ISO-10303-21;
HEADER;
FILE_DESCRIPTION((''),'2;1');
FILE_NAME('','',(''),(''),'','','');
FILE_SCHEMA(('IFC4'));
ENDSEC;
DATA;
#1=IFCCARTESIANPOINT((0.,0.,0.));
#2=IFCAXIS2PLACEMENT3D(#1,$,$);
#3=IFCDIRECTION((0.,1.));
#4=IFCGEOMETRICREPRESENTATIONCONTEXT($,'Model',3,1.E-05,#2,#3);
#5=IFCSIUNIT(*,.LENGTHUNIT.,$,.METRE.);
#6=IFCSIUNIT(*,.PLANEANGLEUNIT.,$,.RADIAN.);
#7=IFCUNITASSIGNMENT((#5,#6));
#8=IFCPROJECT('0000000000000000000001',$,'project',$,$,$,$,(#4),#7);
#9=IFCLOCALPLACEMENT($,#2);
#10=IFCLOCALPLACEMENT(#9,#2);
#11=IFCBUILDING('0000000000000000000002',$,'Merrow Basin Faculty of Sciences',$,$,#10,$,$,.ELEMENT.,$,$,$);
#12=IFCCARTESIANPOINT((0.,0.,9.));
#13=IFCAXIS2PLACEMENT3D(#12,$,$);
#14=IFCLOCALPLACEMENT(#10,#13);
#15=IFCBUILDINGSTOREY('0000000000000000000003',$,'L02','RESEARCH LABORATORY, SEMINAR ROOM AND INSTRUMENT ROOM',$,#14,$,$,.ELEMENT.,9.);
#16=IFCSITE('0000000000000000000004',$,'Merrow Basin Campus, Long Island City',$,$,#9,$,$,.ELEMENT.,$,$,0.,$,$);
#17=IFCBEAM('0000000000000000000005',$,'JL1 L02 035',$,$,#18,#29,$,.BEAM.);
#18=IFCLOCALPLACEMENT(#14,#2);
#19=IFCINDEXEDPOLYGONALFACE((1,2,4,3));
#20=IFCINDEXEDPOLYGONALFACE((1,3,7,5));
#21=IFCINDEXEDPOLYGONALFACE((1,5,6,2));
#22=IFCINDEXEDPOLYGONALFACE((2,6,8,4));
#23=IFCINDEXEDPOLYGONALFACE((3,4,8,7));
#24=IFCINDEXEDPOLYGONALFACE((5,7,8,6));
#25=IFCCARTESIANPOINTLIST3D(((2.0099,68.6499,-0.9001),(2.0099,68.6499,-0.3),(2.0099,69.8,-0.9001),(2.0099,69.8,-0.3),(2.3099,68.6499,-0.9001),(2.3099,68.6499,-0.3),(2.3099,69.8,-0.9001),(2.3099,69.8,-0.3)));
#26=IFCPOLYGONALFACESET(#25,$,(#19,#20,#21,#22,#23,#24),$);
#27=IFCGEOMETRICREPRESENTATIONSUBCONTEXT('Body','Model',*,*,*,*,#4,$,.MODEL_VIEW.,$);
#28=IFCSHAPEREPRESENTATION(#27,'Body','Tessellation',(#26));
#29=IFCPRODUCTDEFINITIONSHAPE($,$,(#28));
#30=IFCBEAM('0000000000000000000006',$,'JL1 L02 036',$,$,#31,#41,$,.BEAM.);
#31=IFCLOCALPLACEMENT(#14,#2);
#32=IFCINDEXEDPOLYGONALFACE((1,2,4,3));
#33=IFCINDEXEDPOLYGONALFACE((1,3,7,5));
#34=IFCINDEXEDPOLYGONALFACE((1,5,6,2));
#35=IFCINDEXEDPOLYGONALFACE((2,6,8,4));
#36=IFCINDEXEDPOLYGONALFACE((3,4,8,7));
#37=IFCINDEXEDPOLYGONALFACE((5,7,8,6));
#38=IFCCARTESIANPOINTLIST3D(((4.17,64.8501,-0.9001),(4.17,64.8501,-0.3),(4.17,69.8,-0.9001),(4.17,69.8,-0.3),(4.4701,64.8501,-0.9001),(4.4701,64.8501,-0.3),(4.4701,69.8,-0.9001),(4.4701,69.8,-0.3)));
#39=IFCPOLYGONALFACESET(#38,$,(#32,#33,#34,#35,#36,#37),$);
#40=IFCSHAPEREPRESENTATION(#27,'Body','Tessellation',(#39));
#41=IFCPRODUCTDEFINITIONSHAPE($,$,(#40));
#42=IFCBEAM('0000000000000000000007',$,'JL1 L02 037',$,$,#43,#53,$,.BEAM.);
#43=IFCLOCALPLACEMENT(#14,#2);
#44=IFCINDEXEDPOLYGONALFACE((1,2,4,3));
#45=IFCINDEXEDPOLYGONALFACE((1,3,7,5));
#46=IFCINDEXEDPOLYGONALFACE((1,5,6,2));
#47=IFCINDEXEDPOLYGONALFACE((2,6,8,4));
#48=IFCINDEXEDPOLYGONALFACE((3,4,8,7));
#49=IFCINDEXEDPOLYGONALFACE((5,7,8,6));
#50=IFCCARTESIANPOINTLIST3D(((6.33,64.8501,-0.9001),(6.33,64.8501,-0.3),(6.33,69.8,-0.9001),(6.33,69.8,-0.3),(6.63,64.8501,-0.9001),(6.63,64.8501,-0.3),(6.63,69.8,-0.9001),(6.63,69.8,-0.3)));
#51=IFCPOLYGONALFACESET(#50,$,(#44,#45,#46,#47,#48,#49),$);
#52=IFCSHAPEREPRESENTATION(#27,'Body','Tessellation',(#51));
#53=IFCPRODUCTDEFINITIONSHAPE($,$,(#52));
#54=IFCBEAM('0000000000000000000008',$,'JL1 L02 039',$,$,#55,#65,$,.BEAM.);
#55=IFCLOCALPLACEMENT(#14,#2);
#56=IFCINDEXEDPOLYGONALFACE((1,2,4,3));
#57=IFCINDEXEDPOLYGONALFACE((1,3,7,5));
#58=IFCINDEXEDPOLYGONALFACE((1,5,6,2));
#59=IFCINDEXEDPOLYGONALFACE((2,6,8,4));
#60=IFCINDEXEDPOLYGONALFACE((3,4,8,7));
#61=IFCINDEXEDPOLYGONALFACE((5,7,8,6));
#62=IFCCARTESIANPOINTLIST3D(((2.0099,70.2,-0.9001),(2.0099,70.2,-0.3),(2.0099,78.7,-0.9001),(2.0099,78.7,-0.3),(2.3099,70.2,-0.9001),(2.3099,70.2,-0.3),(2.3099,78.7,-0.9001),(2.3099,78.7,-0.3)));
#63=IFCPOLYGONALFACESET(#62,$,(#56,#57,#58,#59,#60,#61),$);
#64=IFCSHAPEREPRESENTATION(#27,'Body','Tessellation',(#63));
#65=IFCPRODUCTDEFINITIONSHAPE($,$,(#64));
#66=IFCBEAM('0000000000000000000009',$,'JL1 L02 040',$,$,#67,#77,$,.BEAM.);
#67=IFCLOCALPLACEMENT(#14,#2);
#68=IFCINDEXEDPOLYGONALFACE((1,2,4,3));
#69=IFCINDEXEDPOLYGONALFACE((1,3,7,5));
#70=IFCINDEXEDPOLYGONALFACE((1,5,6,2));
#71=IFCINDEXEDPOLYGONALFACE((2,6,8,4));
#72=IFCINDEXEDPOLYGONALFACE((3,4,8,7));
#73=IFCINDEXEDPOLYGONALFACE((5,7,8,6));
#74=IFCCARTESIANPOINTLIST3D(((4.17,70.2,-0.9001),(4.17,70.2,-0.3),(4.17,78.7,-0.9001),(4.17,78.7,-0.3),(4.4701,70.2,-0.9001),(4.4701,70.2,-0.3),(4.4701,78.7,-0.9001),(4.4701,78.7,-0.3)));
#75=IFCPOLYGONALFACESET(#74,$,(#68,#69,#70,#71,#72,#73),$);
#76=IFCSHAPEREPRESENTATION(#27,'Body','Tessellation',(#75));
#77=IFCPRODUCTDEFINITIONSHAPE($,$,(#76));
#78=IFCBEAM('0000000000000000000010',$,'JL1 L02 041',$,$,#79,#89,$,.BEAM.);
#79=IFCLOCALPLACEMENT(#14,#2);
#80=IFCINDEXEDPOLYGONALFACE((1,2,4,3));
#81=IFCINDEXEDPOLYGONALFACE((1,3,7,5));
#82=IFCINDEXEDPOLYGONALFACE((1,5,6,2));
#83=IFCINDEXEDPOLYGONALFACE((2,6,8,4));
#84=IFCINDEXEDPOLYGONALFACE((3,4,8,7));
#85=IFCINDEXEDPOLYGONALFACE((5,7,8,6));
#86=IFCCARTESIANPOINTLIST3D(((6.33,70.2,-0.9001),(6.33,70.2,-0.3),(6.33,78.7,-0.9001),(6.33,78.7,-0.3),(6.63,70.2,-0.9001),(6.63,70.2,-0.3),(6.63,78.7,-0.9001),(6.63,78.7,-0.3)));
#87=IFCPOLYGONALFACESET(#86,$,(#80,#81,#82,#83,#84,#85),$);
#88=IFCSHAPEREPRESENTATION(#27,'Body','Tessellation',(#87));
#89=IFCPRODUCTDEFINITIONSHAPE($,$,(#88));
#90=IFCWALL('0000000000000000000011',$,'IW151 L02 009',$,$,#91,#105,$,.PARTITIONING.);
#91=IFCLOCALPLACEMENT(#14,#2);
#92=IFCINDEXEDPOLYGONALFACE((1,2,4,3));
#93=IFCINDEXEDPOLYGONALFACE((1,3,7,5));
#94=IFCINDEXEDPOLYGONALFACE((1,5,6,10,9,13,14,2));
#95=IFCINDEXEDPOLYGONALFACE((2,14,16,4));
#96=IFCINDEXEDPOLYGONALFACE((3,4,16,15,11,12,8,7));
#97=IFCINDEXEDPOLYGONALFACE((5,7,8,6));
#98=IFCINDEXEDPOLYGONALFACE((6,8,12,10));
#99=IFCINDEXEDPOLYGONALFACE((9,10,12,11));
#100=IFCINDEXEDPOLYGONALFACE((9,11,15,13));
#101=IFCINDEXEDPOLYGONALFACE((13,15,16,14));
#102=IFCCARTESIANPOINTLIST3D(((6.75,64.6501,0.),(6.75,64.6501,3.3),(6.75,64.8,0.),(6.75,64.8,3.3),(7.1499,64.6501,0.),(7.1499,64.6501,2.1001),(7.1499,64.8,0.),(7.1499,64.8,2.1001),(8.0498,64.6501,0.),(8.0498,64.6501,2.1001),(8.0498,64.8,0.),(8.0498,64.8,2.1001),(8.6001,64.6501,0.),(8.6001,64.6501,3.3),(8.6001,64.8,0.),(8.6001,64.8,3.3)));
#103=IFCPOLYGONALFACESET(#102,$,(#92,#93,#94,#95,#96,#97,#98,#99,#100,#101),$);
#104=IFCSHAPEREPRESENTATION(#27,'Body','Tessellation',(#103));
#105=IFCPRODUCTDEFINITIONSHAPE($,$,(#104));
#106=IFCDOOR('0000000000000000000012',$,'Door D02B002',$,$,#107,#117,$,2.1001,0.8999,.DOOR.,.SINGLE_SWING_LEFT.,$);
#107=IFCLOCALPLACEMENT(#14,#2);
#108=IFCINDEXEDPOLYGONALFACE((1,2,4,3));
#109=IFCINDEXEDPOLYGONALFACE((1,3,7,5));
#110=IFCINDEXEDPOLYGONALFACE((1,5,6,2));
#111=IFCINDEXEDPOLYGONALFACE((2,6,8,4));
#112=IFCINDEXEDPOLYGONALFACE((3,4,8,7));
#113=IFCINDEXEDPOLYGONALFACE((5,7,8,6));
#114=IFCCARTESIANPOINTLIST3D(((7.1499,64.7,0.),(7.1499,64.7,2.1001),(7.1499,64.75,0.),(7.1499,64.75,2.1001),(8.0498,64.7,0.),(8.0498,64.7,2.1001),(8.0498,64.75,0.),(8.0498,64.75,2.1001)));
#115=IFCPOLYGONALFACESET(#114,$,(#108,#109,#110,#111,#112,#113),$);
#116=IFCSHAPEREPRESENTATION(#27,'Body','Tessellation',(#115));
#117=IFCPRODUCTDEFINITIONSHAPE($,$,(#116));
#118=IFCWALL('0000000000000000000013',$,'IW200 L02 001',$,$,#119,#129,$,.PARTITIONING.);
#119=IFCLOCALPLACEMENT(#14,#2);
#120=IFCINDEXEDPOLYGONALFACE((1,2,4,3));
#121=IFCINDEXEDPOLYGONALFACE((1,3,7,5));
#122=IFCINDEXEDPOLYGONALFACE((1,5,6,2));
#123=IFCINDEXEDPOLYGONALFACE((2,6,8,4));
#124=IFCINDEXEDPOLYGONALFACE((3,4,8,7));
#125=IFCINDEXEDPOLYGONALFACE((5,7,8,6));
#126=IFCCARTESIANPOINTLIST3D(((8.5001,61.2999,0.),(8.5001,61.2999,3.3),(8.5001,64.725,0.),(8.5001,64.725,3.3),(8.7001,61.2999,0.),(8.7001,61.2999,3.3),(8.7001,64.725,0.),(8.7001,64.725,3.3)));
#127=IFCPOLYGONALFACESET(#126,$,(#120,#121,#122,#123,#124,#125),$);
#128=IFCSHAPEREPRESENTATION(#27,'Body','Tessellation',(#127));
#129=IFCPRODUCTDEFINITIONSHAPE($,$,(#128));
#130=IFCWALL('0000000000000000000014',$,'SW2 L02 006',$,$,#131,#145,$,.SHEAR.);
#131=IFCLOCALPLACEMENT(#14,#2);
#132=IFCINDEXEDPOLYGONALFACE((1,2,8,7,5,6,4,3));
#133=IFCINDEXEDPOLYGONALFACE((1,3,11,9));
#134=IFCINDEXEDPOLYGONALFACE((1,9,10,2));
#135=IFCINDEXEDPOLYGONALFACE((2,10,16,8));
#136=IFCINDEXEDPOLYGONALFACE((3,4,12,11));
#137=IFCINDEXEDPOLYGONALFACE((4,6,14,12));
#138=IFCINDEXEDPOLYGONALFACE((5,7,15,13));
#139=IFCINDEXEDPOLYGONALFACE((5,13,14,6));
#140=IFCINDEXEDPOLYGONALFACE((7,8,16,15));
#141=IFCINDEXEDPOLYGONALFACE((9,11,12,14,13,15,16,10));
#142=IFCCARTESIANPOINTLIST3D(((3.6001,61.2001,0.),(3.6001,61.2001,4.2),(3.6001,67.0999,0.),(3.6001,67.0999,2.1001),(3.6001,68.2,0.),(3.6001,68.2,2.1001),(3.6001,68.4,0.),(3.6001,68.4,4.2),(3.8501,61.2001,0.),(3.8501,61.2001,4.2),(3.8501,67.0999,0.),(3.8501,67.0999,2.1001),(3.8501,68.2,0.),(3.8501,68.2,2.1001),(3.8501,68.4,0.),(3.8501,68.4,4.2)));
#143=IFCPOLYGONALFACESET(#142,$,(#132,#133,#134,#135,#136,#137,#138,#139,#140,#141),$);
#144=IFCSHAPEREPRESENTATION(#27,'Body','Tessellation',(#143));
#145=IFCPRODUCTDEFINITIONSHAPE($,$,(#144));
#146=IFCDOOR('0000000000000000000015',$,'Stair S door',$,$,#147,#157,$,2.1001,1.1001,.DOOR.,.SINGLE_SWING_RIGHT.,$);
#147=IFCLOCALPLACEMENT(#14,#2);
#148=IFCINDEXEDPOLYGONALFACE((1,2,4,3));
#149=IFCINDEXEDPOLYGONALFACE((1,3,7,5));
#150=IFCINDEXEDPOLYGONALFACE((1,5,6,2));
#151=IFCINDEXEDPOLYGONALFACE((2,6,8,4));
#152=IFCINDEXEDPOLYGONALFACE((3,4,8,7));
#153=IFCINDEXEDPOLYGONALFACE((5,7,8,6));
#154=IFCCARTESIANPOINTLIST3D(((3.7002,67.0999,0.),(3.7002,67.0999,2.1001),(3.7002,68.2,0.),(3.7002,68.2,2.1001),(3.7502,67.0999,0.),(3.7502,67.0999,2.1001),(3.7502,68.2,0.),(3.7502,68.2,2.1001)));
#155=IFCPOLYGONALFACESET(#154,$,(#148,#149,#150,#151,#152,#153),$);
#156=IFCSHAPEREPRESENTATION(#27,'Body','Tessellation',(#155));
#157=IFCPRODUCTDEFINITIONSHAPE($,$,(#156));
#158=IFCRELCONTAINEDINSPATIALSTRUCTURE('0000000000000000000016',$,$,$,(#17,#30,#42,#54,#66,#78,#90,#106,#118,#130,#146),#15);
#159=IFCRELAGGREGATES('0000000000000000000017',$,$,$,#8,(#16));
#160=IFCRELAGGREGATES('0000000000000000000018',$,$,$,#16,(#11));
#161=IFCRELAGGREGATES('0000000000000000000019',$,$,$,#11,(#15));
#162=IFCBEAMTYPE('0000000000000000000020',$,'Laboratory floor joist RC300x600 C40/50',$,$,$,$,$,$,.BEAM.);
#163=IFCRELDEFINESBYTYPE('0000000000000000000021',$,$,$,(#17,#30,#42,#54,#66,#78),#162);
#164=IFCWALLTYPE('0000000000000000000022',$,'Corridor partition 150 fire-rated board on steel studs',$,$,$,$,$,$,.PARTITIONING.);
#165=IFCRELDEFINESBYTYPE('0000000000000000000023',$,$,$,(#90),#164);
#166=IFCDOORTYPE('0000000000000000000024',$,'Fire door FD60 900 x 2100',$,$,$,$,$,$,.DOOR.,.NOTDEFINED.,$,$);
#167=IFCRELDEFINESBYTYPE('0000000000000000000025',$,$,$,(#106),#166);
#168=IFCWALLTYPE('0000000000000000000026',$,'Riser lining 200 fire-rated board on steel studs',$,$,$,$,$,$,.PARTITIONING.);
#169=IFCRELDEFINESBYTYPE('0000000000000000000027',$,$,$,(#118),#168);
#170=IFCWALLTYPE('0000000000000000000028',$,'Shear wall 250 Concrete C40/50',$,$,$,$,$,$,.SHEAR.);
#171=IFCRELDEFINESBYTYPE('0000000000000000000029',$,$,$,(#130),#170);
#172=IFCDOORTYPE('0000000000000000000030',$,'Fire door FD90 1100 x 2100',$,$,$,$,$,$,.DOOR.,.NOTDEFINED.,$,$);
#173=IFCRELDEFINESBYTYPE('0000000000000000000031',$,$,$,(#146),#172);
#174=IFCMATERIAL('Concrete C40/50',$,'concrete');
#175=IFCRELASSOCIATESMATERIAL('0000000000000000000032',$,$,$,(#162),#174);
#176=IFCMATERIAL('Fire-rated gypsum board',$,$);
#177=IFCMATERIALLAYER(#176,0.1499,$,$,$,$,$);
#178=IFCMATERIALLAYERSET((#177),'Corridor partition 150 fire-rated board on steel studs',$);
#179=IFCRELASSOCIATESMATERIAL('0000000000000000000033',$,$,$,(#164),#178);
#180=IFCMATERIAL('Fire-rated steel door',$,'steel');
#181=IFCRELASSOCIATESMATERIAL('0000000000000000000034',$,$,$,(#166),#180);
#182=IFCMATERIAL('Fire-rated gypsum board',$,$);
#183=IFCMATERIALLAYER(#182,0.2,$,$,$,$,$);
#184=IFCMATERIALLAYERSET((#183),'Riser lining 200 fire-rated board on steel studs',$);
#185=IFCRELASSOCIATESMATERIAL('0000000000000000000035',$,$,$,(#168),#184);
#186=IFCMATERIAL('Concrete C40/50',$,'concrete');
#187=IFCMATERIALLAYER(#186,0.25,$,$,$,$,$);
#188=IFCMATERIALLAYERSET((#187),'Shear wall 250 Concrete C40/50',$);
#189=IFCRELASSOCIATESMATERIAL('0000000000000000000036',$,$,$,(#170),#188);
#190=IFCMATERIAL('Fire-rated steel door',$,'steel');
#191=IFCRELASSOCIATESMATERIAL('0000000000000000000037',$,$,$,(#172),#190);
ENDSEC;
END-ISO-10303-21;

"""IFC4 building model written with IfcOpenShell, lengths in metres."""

from ifc_helpers import new_model, si_unit, direction, frame, frame_2d, origin, origin_2d, place, context, subcontext, project, spatial, rectangle, extrude, material, layer, layer_set, material_profile, profile_set, type_object, element, fill, save


model = new_model("IFC4")

# Units and contexts
model_context = context("Model", 3, precision=1e-05, world=origin(), true_north=direction((0.0, 1.0)))
body_context = subcontext(model_context, "Body", "Model", "MODEL_VIEW")
ifc_project = project(units=[si_unit("LENGTHUNIT", "METRE"), si_unit("PLANEANGLEUNIT", "RADIAN")], contexts=[model_context])

# Site, building, storey
site_placement = place(None, origin())
site = spatial("IfcSite", under=ifc_project, at=site_placement, Name="Merrow Basin Campus, Long Island City", CompositionType="ELEMENT", RefElevation=0.0)
building_placement = place(site_placement, origin())
building = spatial("IfcBuilding", under=site, at=building_placement, Name="Merrow Basin Faculty of Sciences", CompositionType="ELEMENT")
storey_placement = place(building_placement, frame((0.0, 0.0, 9.0)))
storey = spatial("IfcBuildingStorey", under=building, at=storey_placement, Name="L02", Description="RESEARCH LABORATORY, SEMINAR ROOM AND INSTRUMENT ROOM", CompositionType="ELEMENT", Elevation=9.0)

# Beams
ifc_material_1 = material(Name="Concrete C40/50", Category="concrete")
ifc_material_profile = material_profile(ifc_material_1, rectangle(XDim=0.3, YDim=0.6001, at=origin_2d()))
ifc_profile_set = profile_set([ifc_material_profile], Name="Concrete C40/50")
beam_type = type_object("IfcBeamType", Name="Laboratory floor joist RC300x600 C40/50", PredefinedType="BEAM", material=ifc_profile_set)
beam_placement = place(storey_placement, frame((2.1599, 68.6499, -0.6001), z_axis=(0.0, 1.0, 0.0), x_axis=(-1.0, 0.0, 0.0)))
element("IfcBeam", 1, at=beam_placement, inside=storey, type_object=beam_type, Name="JL1 L02 035", PredefinedType="BEAM", context=body_context, shape_type="SweptSolid", body=[
    extrude(rectangle(XDim=0.3, YDim=0.6001, at=origin_2d()), origin(), (0.0, 0.0, 1.0), 1.1501),
])
for number, where, z_axis, x_axis, name in (
    (2, (4.3201, 64.8501, -0.6001), (0.0, 1.0, 0.0), (-1.0, 0.0, 0.0), "JL1 L02 036"),
    (3, (6.48, 64.8501, -0.6001), (0.0, 1.0, 0.0), (-1.0, 0.0, 0.0), "JL1 L02 037"),
):
    element("IfcBeam", number, at=place(storey_placement, frame(where, z_axis=z_axis, x_axis=x_axis)), inside=storey, type_object=beam_type, Name=name, PredefinedType="BEAM", context=body_context, shape_type="SweptSolid", body=[
        extrude(rectangle(XDim=0.3, YDim=0.6001, at=origin_2d()), origin(), (0.0, 0.0, 1.0), 4.95),
    ])
for number, where, z_axis, x_axis, name in (
    (4, (2.1599, 70.2, -0.6001), (0.0, 1.0, 0.0), (-1.0, 0.0, 0.0), "JL1 L02 039"),
    (5, (4.3201, 70.2, -0.6001), (0.0, 1.0, 0.0), (-1.0, 0.0, 0.0), "JL1 L02 040"),
    (6, (6.48, 70.2, -0.6001), (0.0, 1.0, 0.0), (-1.0, 0.0, 0.0), "JL1 L02 041"),
):
    element("IfcBeam", number, at=place(storey_placement, frame(where, z_axis=z_axis, x_axis=x_axis)), inside=storey, type_object=beam_type, Name=name, PredefinedType="BEAM", context=body_context, shape_type="SweptSolid", body=[
        extrude(rectangle(XDim=0.3, YDim=0.6001, at=origin_2d()), origin(), (0.0, 0.0, 1.0), 8.5),
    ])

# Wall, opening, door
ifc_material_2 = material(Name="Fire-rated gypsum board")
ifc_layer_1 = layer(ifc_material_2, 0.1499)
ifc_layer_set_1 = layer_set([ifc_layer_1], Name="Corridor partition 150 fire-rated board on steel studs")
wall_type_1 = type_object("IfcWallType", Name="Corridor partition 150 fire-rated board on steel studs", PredefinedType="PARTITIONING", material=ifc_layer_set_1)
wall_1_placement = place(storey_placement, frame((6.75, 64.7251, 0.0), z_axis=(0.0, 0.0, 1.0), x_axis=(1.0, 0.0, 0.0)))
wall_1 = element("IfcWall", 7, at=wall_1_placement, inside=storey, type_object=wall_type_1, Name="IW151 L02 009", PredefinedType="PARTITIONING", context=body_context, shape_type="SweptSolid", body=[
    extrude(rectangle(XDim=1.8501, YDim=0.1499, at=frame_2d((0.925, 0.0))), origin(), (0.0, 0.0, 1.0), 3.3),
])
opening_1_placement = place(wall_1_placement, frame((0.3999, 0.0, 0.0)))
opening_1 = element("IfcOpeningElement", 8, at=opening_1_placement, cuts=wall_1, PredefinedType="OPENING", context=body_context, shape_type="SweptSolid", body=[
    extrude(rectangle(XDim=0.8999, YDim=2.1001, at=frame_2d((0.45, 1.05))), frame((0.0, 0.085, 0.0), z_axis=(0.0, -1.0, 0.0), x_axis=(1.0, 0.0, 0.0)), (0.0, 0.0, 1.0), 0.1699),
])
ifc_material_3 = material(Name="Fire-rated steel door", Category="steel")
door_type_1 = type_object("IfcDoorType", Name="Fire door FD60 900 x 2100", OperationType="NOTDEFINED", PredefinedType="DOOR", material=ifc_material_3)
door_1_placement = place(opening_1_placement, origin())
door_1 = element("IfcDoor", 9, at=door_1_placement, inside=storey, type_object=door_type_1, Name="Door D02B002", OperationType="SINGLE_SWING_LEFT", OverallHeight=2.1001, OverallWidth=0.8999, PredefinedType="DOOR", context=body_context, shape_type="SweptSolid", body=[
    extrude(rectangle(XDim=0.8999, YDim=2.1001, at=frame_2d((0.45, 1.05))), frame((0.0, 0.0249, 0.0), z_axis=(0.0, -1.0, 0.0), x_axis=(1.0, 0.0, 0.0)), (0.0, 0.0, 1.0), 0.05),
])
fill(opening_1, door_1)

# Wall
ifc_material_4 = material(Name="Fire-rated gypsum board")
ifc_layer_2 = layer(ifc_material_4, 0.2)
ifc_layer_set_2 = layer_set([ifc_layer_2], Name="Riser lining 200 fire-rated board on steel studs")
wall_type_2 = type_object("IfcWallType", Name="Riser lining 200 fire-rated board on steel studs", PredefinedType="PARTITIONING", material=ifc_layer_set_2)
wall_2_placement = place(storey_placement, frame((8.6001, 61.3, 0.0), z_axis=(0.0, 0.0, 1.0), x_axis=(0.0, 1.0, 0.0)))
element("IfcWall", 10, at=wall_2_placement, inside=storey, type_object=wall_type_2, Name="IW200 L02 001", PredefinedType="PARTITIONING", context=body_context, shape_type="SweptSolid", body=[
    extrude(rectangle(XDim=3.425, YDim=0.2, at=frame_2d((1.7124, 0.0))), origin(), (0.0, 0.0, 1.0), 3.3),
])

# Wall, opening, door
ifc_material_5 = material(Name="Concrete C40/50", Category="concrete")
ifc_layer_3 = layer(ifc_material_5, 0.25)
ifc_layer_set_3 = layer_set([ifc_layer_3], Name="Shear wall 250 Concrete C40/50")
wall_type_3 = type_object("IfcWallType", Name="Shear wall 250 Concrete C40/50", PredefinedType="SHEAR", material=ifc_layer_set_3)
wall_3_placement = place(storey_placement, frame((3.7251, 61.2, 0.0), z_axis=(0.0, 0.0, 1.0), x_axis=(0.0, 1.0, 0.0)))
wall_3 = element("IfcWall", 11, at=wall_3_placement, inside=storey, type_object=wall_type_3, Name="SW2 L02 006", PredefinedType="SHEAR", context=body_context, shape_type="SweptSolid", body=[
    extrude(rectangle(XDim=7.2, YDim=0.25, at=frame_2d((3.6001, 0.0))), origin(), (0.0, 0.0, 1.0), 4.2),
])
opening_2_placement = place(wall_3_placement, frame((5.8999, 0.0, 0.0)))
opening_2 = element("IfcOpeningElement", 12, at=opening_2_placement, cuts=wall_3, PredefinedType="OPENING", context=body_context, shape_type="SweptSolid", body=[
    extrude(rectangle(XDim=1.1001, YDim=2.1001, at=frame_2d((0.55, 1.05))), frame((0.0, 0.135, 0.0), z_axis=(0.0, -1.0, 0.0), x_axis=(1.0, 0.0, 0.0)), (0.0, 0.0, 1.0), 0.27),
])
ifc_material_6 = material(Name="Fire-rated steel door", Category="steel")
door_type_2 = type_object("IfcDoorType", Name="Fire door FD90 1100 x 2100", OperationType="NOTDEFINED", PredefinedType="DOOR", material=ifc_material_6)
door_2_placement = place(opening_2_placement, origin())
door_2 = element("IfcDoor", 13, at=door_2_placement, inside=storey, type_object=door_type_2, Name="Stair S door", OperationType="SINGLE_SWING_RIGHT", OverallHeight=2.1001, OverallWidth=1.1001, PredefinedType="DOOR", context=body_context, shape_type="SweptSolid", body=[
    extrude(rectangle(XDim=1.1001, YDim=2.1001, at=frame_2d((0.55, 1.05))), frame((0.0, 0.0249, 0.0), z_axis=(0.0, -1.0, 0.0), x_axis=(1.0, 0.0, 0.0)), (0.0, 0.0, 1.0), 0.05),
])
fill(opening_2, door_2)

save(model, "model.ifc")
